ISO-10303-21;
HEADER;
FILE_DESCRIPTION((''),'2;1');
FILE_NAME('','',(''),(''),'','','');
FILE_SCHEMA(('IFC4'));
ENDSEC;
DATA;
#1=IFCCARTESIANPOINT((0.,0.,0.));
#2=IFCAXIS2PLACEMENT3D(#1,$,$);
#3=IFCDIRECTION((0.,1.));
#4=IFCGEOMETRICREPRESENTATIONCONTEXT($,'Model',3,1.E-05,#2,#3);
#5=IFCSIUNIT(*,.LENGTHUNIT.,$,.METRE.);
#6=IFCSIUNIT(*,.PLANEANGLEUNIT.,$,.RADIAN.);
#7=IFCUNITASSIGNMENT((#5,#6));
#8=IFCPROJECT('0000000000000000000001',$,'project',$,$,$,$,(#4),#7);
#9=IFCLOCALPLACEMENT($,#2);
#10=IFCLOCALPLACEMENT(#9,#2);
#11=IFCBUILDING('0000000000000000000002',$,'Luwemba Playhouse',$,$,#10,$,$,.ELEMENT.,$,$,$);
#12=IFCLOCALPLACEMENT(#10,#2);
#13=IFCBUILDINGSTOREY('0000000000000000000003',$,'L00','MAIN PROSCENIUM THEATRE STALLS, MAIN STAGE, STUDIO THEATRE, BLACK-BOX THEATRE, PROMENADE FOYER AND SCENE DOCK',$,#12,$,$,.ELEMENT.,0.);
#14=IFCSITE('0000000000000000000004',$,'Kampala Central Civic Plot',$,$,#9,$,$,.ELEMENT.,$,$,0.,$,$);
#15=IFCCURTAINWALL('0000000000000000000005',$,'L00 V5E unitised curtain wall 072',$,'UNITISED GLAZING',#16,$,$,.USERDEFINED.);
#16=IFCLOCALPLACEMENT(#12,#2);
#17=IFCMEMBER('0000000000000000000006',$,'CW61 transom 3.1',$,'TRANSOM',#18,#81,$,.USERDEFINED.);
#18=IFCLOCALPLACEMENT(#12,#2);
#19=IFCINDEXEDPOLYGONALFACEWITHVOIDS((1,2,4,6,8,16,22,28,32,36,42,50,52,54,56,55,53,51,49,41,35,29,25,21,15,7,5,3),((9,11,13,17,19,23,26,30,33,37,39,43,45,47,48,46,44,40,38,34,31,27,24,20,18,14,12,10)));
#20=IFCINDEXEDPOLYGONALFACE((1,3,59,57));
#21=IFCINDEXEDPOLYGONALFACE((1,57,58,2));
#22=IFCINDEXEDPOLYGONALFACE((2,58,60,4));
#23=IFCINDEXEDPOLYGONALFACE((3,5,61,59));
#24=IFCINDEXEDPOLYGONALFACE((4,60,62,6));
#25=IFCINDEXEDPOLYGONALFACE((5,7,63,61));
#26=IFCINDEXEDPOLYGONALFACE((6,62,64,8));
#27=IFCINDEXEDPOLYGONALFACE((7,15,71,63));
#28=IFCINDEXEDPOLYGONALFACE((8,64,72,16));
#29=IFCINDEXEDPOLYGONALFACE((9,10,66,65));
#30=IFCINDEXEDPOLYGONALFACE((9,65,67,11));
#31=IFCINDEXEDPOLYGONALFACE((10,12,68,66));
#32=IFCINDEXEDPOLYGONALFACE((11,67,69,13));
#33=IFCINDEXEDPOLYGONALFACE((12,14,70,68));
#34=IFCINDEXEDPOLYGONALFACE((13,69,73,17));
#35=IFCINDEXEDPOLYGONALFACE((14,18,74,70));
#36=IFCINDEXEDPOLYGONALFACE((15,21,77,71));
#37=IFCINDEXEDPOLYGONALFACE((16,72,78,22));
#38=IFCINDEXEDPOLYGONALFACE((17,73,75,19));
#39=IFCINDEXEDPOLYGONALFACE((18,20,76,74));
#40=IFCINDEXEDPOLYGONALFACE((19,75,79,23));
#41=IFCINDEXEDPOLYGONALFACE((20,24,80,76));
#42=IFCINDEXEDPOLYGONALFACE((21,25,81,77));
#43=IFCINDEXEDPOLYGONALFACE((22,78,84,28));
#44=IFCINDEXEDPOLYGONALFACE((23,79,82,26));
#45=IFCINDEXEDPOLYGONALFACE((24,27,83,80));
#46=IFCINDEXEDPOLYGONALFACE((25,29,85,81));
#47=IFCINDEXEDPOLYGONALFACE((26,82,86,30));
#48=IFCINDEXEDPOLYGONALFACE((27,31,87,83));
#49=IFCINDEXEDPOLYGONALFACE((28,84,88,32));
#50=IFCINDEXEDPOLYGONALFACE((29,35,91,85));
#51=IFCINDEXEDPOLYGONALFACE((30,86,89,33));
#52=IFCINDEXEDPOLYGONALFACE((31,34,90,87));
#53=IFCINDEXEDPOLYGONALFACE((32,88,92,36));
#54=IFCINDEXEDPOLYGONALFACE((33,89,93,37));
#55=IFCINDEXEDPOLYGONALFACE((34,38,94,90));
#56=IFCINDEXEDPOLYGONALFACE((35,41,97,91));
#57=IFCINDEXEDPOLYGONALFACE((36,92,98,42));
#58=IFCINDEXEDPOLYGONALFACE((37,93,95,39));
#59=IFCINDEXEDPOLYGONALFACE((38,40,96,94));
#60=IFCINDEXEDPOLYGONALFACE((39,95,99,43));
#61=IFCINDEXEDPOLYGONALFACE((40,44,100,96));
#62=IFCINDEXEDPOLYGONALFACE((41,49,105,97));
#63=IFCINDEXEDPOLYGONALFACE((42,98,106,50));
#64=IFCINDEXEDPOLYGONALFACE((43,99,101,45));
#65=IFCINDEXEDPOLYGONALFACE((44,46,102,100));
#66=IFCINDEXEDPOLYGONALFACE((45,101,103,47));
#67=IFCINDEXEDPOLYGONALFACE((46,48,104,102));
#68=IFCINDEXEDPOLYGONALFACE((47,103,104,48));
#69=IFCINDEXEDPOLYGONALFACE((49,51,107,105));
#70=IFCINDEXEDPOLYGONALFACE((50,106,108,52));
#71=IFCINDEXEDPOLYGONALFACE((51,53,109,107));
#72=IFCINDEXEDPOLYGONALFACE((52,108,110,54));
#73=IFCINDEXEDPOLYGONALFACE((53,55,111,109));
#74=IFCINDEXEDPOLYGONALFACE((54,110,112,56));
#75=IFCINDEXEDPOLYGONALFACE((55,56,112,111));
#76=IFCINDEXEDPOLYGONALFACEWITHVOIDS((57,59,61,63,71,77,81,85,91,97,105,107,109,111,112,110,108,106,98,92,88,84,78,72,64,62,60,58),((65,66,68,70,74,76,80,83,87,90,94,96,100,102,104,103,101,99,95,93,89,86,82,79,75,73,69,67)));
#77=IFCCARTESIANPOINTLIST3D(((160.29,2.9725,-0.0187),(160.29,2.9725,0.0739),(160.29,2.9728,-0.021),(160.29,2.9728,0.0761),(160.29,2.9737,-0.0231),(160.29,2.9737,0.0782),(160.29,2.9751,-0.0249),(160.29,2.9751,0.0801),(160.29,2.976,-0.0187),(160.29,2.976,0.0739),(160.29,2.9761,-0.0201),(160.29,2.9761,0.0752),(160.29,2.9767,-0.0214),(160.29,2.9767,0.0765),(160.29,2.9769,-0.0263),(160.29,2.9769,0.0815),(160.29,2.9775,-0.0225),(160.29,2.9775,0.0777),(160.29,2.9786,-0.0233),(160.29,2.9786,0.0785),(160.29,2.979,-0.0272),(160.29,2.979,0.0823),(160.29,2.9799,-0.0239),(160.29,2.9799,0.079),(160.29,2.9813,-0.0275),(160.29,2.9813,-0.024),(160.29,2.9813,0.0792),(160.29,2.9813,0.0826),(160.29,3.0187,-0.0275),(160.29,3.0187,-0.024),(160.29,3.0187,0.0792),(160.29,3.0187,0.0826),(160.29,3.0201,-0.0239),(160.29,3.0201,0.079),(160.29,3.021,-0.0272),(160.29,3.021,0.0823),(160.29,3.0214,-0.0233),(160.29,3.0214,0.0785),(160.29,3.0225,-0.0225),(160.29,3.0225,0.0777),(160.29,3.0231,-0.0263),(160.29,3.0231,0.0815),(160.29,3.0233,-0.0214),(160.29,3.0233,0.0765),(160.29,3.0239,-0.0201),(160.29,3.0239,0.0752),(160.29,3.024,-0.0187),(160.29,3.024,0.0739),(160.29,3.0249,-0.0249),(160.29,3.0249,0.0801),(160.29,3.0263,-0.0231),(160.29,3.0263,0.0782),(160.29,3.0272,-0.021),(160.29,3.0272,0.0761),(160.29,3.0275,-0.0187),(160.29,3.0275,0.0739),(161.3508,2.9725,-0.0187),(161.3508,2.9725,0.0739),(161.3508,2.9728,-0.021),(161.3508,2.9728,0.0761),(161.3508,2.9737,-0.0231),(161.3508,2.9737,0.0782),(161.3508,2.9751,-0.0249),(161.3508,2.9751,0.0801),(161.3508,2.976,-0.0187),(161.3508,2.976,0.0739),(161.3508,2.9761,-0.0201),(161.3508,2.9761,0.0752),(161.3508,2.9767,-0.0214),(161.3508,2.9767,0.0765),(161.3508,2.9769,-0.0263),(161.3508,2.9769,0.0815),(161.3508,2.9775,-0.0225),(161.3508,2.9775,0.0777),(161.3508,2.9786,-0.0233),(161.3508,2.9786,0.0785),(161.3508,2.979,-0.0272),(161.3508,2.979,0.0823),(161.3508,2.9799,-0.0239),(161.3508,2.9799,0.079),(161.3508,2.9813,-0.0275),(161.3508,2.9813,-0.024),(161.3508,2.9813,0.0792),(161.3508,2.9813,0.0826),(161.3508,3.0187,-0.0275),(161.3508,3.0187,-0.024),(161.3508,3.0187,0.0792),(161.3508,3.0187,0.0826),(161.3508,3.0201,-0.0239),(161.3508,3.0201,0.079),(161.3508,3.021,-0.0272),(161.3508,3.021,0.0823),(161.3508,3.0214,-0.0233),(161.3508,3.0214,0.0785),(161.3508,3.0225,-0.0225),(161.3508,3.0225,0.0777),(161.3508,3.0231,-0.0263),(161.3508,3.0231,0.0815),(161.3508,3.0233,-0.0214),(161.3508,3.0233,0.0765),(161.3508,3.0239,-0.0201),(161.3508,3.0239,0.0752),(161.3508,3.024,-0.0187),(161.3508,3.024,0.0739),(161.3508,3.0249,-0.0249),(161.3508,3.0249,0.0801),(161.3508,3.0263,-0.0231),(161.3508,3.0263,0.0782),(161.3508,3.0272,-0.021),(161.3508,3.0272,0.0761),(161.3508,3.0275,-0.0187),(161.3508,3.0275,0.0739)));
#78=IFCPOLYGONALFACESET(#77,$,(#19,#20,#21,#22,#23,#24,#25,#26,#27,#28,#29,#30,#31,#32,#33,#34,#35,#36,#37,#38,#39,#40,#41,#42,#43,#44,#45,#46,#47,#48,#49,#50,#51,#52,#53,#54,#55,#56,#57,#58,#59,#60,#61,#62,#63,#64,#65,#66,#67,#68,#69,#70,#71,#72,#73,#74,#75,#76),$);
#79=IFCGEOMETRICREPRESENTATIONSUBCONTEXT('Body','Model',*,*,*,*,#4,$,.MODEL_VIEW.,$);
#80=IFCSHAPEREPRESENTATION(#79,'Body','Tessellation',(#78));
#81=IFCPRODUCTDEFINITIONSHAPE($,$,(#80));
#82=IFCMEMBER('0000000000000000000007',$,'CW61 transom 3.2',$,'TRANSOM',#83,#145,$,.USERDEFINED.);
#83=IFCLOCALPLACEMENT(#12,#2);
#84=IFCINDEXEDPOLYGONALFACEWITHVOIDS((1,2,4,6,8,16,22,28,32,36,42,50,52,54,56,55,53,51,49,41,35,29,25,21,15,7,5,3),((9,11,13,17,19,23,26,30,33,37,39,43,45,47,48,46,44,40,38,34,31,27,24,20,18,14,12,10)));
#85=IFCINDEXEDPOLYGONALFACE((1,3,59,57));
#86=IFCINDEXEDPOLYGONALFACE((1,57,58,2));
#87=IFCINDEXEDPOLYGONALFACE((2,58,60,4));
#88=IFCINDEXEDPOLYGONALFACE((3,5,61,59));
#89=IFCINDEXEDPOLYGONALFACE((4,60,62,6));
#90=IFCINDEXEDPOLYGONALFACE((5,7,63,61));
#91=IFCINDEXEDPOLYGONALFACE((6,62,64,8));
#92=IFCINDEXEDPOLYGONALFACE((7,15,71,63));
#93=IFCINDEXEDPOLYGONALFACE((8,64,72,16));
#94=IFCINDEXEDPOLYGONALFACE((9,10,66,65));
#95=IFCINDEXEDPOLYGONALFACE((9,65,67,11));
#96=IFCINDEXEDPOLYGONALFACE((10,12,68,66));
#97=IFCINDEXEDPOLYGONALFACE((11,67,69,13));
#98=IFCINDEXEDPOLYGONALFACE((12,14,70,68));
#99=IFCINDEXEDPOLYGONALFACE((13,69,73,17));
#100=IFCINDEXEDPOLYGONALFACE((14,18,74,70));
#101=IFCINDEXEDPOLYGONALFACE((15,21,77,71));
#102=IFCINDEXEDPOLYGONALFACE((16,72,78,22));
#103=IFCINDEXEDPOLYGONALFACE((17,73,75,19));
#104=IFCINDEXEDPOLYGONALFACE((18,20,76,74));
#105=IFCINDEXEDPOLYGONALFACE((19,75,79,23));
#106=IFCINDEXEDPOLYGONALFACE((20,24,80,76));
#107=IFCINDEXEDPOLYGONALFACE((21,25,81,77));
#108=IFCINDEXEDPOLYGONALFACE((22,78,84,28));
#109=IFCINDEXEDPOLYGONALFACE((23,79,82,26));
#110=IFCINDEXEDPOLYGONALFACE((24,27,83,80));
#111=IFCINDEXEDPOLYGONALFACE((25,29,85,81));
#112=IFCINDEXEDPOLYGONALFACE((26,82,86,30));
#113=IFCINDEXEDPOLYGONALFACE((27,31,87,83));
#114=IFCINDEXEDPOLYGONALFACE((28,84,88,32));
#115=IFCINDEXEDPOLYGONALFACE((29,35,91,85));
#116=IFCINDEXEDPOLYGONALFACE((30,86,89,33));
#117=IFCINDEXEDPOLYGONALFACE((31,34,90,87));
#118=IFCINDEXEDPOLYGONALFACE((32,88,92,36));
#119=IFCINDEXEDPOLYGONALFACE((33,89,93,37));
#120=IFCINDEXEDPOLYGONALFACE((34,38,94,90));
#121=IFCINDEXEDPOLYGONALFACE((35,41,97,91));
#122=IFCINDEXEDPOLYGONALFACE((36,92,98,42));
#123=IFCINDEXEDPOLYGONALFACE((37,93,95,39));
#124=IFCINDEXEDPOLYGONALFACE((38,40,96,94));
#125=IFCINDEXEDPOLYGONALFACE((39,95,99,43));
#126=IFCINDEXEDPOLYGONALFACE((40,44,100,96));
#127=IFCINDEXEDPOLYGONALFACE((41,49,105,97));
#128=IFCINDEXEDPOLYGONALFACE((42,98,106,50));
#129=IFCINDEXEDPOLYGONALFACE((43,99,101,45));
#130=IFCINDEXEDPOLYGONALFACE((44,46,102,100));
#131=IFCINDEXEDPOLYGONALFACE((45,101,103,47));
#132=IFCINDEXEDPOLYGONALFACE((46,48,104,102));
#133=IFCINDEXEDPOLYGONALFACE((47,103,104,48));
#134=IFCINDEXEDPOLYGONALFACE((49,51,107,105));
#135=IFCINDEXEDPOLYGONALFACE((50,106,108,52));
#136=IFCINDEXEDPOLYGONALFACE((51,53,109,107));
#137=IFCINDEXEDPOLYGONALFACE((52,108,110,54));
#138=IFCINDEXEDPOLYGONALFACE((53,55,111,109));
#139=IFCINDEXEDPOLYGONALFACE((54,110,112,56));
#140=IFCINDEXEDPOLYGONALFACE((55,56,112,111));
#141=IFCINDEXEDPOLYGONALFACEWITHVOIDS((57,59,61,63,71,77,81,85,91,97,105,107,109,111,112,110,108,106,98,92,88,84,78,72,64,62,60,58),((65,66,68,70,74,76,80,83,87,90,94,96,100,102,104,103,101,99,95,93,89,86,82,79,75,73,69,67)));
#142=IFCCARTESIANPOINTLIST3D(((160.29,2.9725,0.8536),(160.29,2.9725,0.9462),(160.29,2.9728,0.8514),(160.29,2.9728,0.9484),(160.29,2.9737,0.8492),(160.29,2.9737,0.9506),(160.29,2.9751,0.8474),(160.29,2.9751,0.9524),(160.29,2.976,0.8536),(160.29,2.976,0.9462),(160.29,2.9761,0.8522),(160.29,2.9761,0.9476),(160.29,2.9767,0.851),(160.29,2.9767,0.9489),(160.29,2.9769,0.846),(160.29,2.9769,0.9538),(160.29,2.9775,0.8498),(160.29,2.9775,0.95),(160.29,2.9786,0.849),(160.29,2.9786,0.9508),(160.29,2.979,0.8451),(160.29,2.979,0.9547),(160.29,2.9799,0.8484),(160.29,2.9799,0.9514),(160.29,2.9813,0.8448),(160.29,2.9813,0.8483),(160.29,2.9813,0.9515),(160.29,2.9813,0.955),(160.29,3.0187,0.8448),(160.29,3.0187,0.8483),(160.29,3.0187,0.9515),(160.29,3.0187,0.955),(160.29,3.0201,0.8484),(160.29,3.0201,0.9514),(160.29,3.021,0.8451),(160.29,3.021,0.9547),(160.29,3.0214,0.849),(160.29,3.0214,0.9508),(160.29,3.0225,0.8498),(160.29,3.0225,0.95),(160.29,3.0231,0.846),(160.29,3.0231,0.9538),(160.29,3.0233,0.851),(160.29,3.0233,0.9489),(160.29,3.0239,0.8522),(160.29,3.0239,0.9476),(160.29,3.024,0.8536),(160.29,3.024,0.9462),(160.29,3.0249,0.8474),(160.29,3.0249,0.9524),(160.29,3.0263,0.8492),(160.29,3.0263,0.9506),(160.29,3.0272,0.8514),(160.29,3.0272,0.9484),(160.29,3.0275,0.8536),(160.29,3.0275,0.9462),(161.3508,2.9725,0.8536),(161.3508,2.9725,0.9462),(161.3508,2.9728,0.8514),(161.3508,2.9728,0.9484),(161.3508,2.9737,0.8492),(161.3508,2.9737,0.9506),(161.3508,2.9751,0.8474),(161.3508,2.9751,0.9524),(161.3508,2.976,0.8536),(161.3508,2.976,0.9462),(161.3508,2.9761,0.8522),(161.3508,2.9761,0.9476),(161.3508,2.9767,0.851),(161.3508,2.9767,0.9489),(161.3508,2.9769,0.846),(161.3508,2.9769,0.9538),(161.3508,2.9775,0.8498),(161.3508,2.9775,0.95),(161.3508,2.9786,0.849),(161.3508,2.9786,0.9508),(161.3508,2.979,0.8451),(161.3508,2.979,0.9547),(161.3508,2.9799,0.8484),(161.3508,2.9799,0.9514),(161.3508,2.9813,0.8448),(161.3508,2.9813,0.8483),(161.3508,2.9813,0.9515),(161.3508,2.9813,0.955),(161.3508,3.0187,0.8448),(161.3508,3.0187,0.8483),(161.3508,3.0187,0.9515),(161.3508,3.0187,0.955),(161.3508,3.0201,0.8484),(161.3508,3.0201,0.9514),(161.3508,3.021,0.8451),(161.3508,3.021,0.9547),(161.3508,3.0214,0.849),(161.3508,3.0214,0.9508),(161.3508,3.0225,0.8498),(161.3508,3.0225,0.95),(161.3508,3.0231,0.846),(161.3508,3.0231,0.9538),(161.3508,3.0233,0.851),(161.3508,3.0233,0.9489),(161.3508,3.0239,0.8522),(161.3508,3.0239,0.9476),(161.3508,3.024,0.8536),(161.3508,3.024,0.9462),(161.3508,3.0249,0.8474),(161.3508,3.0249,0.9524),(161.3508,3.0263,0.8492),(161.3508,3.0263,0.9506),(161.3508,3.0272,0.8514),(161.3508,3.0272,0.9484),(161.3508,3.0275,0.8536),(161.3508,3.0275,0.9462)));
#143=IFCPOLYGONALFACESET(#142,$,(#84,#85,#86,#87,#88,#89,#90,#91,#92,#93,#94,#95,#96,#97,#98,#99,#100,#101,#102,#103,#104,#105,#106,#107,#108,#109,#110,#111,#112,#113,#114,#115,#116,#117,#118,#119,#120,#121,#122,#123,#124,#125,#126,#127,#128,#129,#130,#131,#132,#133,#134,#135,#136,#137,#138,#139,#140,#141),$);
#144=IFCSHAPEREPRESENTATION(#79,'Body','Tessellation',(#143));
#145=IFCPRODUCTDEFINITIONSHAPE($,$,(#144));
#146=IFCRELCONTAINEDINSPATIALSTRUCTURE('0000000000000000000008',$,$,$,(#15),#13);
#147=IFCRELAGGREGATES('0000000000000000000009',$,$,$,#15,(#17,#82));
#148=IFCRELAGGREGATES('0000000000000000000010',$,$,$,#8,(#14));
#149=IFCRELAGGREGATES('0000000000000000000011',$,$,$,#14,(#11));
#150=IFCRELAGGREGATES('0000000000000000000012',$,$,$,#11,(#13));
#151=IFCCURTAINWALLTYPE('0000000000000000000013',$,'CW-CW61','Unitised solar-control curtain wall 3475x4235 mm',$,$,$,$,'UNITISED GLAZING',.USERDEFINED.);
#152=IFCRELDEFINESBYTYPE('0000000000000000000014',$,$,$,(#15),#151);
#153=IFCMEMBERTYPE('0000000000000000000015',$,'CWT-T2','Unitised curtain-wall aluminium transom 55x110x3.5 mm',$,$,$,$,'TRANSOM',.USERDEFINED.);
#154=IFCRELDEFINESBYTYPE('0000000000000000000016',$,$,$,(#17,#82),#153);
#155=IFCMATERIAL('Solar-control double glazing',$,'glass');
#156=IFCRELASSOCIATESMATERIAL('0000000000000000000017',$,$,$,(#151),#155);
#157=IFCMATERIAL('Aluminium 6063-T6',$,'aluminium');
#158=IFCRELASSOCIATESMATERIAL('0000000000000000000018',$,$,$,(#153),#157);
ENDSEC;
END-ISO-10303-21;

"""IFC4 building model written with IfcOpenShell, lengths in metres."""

from ifc_helpers import new_model, si_unit, direction, frame, origin, origin_2d, place, context, subcontext, project, spatial, hollow_rectangle, extrude, material, material_profile, profile_set, type_object, element, aggregate, save


model = new_model("IFC4")

# Units and contexts
model_context = context("Model", 3, precision=1e-05, world=origin(), true_north=direction((0.0, 1.0)))
body_context = subcontext(model_context, "Body", "Model", "MODEL_VIEW")
ifc_project = project(units=[si_unit("LENGTHUNIT", "METRE"), si_unit("PLANEANGLEUNIT", "RADIAN")], contexts=[model_context])

# Site, building, storey
site_placement = place(None, origin())
site = spatial("IfcSite", under=ifc_project, at=site_placement, Name="Kampala Central Civic Plot", CompositionType="ELEMENT", RefElevation=0.0)
building_placement = place(site_placement, origin())
building = spatial("IfcBuilding", under=site, at=building_placement, Name="Luwemba Playhouse", CompositionType="ELEMENT")
storey_placement = place(building_placement, origin())
storey = spatial("IfcBuildingStorey", under=building, at=storey_placement, Name="L00", Description="MAIN PROSCENIUM THEATRE STALLS, MAIN STAGE, STUDIO THEATRE, BLACK-BOX THEATRE, PROMENADE FOYER AND SCENE DOCK", CompositionType="ELEMENT", Elevation=0.0)

# Curtain wall
ifc_material_1 = material(Name="Solar-control double glazing", Category="glass")
curtain_wall_type_1 = type_object("IfcCurtainWallType", Name="CW-CW61", Description="Unitised solar-control curtain wall 3475x4235 mm", ElementType="UNITISED GLAZING", PredefinedType="USERDEFINED", material=ifc_material_1)
curtain_wall_1_placement = place(storey_placement, origin())
curtain_wall_1 = element("IfcCurtainWall", 1, at=curtain_wall_1_placement, inside=storey, type_object=curtain_wall_type_1, Name="L00 V5E unitised curtain wall 072", ObjectType="UNITISED GLAZING", PredefinedType="USERDEFINED")
ifc_material_2 = material(Name="Aluminium 6063-T6", Category="aluminium")

# Members
ifc_material_profile_1 = material_profile(ifc_material_2, hollow_rectangle(XDim=0.0549, YDim=0.1101, WallThickness=0.0034, InnerFilletRadius=0.0054, OuterFilletRadius=0.0088, at=origin_2d()))
ifc_profile_set_1 = profile_set([ifc_material_profile_1], Name="Aluminium 6063-T6")
member_type_1 = type_object("IfcMemberType", Name="CWT-T2", Description="Unitised curtain-wall aluminium transom 55x110x3.5 mm", ElementType="TRANSOM", PredefinedType="USERDEFINED", material=ifc_profile_set_1)
member_1_placement = place(storey_placement, frame((161.3508, 3.0, 0.0276), z_axis=(-1.0, 0.0, 0.0), x_axis=(0.0, -1.0, 0.0)))
member_1 = element("IfcMember", 2, at=member_1_placement, type_object=member_type_1, Name="CW61 transom 3.1", ObjectType="TRANSOM", PredefinedType="USERDEFINED", context=body_context, shape_type="SweptSolid", body=[
    extrude(hollow_rectangle(XDim=0.0549, YDim=0.1101, WallThickness=0.0034, InnerFilletRadius=0.0054, OuterFilletRadius=0.0088, at=origin_2d()), origin(), (0.0, 0.0, 1.0), 1.0608),
])
member_2_placement = place(storey_placement, frame((161.3508, 3.0, 0.8999), z_axis=(-1.0, 0.0, 0.0), x_axis=(0.0, -1.0, 0.0)))
member_2 = element("IfcMember", 3, at=member_2_placement, type_object=member_type_1, Name="CW61 transom 3.2", ObjectType="TRANSOM", PredefinedType="USERDEFINED", context=body_context, shape_type="SweptSolid", body=[
    extrude(hollow_rectangle(XDim=0.0549, YDim=0.1101, WallThickness=0.0034, InnerFilletRadius=0.0054, OuterFilletRadius=0.0088, at=origin_2d()), origin(), (0.0, 0.0, 1.0), 1.0608),
])

aggregate(curtain_wall_1, [member_1, member_2])

save(model, "model.ifc")
